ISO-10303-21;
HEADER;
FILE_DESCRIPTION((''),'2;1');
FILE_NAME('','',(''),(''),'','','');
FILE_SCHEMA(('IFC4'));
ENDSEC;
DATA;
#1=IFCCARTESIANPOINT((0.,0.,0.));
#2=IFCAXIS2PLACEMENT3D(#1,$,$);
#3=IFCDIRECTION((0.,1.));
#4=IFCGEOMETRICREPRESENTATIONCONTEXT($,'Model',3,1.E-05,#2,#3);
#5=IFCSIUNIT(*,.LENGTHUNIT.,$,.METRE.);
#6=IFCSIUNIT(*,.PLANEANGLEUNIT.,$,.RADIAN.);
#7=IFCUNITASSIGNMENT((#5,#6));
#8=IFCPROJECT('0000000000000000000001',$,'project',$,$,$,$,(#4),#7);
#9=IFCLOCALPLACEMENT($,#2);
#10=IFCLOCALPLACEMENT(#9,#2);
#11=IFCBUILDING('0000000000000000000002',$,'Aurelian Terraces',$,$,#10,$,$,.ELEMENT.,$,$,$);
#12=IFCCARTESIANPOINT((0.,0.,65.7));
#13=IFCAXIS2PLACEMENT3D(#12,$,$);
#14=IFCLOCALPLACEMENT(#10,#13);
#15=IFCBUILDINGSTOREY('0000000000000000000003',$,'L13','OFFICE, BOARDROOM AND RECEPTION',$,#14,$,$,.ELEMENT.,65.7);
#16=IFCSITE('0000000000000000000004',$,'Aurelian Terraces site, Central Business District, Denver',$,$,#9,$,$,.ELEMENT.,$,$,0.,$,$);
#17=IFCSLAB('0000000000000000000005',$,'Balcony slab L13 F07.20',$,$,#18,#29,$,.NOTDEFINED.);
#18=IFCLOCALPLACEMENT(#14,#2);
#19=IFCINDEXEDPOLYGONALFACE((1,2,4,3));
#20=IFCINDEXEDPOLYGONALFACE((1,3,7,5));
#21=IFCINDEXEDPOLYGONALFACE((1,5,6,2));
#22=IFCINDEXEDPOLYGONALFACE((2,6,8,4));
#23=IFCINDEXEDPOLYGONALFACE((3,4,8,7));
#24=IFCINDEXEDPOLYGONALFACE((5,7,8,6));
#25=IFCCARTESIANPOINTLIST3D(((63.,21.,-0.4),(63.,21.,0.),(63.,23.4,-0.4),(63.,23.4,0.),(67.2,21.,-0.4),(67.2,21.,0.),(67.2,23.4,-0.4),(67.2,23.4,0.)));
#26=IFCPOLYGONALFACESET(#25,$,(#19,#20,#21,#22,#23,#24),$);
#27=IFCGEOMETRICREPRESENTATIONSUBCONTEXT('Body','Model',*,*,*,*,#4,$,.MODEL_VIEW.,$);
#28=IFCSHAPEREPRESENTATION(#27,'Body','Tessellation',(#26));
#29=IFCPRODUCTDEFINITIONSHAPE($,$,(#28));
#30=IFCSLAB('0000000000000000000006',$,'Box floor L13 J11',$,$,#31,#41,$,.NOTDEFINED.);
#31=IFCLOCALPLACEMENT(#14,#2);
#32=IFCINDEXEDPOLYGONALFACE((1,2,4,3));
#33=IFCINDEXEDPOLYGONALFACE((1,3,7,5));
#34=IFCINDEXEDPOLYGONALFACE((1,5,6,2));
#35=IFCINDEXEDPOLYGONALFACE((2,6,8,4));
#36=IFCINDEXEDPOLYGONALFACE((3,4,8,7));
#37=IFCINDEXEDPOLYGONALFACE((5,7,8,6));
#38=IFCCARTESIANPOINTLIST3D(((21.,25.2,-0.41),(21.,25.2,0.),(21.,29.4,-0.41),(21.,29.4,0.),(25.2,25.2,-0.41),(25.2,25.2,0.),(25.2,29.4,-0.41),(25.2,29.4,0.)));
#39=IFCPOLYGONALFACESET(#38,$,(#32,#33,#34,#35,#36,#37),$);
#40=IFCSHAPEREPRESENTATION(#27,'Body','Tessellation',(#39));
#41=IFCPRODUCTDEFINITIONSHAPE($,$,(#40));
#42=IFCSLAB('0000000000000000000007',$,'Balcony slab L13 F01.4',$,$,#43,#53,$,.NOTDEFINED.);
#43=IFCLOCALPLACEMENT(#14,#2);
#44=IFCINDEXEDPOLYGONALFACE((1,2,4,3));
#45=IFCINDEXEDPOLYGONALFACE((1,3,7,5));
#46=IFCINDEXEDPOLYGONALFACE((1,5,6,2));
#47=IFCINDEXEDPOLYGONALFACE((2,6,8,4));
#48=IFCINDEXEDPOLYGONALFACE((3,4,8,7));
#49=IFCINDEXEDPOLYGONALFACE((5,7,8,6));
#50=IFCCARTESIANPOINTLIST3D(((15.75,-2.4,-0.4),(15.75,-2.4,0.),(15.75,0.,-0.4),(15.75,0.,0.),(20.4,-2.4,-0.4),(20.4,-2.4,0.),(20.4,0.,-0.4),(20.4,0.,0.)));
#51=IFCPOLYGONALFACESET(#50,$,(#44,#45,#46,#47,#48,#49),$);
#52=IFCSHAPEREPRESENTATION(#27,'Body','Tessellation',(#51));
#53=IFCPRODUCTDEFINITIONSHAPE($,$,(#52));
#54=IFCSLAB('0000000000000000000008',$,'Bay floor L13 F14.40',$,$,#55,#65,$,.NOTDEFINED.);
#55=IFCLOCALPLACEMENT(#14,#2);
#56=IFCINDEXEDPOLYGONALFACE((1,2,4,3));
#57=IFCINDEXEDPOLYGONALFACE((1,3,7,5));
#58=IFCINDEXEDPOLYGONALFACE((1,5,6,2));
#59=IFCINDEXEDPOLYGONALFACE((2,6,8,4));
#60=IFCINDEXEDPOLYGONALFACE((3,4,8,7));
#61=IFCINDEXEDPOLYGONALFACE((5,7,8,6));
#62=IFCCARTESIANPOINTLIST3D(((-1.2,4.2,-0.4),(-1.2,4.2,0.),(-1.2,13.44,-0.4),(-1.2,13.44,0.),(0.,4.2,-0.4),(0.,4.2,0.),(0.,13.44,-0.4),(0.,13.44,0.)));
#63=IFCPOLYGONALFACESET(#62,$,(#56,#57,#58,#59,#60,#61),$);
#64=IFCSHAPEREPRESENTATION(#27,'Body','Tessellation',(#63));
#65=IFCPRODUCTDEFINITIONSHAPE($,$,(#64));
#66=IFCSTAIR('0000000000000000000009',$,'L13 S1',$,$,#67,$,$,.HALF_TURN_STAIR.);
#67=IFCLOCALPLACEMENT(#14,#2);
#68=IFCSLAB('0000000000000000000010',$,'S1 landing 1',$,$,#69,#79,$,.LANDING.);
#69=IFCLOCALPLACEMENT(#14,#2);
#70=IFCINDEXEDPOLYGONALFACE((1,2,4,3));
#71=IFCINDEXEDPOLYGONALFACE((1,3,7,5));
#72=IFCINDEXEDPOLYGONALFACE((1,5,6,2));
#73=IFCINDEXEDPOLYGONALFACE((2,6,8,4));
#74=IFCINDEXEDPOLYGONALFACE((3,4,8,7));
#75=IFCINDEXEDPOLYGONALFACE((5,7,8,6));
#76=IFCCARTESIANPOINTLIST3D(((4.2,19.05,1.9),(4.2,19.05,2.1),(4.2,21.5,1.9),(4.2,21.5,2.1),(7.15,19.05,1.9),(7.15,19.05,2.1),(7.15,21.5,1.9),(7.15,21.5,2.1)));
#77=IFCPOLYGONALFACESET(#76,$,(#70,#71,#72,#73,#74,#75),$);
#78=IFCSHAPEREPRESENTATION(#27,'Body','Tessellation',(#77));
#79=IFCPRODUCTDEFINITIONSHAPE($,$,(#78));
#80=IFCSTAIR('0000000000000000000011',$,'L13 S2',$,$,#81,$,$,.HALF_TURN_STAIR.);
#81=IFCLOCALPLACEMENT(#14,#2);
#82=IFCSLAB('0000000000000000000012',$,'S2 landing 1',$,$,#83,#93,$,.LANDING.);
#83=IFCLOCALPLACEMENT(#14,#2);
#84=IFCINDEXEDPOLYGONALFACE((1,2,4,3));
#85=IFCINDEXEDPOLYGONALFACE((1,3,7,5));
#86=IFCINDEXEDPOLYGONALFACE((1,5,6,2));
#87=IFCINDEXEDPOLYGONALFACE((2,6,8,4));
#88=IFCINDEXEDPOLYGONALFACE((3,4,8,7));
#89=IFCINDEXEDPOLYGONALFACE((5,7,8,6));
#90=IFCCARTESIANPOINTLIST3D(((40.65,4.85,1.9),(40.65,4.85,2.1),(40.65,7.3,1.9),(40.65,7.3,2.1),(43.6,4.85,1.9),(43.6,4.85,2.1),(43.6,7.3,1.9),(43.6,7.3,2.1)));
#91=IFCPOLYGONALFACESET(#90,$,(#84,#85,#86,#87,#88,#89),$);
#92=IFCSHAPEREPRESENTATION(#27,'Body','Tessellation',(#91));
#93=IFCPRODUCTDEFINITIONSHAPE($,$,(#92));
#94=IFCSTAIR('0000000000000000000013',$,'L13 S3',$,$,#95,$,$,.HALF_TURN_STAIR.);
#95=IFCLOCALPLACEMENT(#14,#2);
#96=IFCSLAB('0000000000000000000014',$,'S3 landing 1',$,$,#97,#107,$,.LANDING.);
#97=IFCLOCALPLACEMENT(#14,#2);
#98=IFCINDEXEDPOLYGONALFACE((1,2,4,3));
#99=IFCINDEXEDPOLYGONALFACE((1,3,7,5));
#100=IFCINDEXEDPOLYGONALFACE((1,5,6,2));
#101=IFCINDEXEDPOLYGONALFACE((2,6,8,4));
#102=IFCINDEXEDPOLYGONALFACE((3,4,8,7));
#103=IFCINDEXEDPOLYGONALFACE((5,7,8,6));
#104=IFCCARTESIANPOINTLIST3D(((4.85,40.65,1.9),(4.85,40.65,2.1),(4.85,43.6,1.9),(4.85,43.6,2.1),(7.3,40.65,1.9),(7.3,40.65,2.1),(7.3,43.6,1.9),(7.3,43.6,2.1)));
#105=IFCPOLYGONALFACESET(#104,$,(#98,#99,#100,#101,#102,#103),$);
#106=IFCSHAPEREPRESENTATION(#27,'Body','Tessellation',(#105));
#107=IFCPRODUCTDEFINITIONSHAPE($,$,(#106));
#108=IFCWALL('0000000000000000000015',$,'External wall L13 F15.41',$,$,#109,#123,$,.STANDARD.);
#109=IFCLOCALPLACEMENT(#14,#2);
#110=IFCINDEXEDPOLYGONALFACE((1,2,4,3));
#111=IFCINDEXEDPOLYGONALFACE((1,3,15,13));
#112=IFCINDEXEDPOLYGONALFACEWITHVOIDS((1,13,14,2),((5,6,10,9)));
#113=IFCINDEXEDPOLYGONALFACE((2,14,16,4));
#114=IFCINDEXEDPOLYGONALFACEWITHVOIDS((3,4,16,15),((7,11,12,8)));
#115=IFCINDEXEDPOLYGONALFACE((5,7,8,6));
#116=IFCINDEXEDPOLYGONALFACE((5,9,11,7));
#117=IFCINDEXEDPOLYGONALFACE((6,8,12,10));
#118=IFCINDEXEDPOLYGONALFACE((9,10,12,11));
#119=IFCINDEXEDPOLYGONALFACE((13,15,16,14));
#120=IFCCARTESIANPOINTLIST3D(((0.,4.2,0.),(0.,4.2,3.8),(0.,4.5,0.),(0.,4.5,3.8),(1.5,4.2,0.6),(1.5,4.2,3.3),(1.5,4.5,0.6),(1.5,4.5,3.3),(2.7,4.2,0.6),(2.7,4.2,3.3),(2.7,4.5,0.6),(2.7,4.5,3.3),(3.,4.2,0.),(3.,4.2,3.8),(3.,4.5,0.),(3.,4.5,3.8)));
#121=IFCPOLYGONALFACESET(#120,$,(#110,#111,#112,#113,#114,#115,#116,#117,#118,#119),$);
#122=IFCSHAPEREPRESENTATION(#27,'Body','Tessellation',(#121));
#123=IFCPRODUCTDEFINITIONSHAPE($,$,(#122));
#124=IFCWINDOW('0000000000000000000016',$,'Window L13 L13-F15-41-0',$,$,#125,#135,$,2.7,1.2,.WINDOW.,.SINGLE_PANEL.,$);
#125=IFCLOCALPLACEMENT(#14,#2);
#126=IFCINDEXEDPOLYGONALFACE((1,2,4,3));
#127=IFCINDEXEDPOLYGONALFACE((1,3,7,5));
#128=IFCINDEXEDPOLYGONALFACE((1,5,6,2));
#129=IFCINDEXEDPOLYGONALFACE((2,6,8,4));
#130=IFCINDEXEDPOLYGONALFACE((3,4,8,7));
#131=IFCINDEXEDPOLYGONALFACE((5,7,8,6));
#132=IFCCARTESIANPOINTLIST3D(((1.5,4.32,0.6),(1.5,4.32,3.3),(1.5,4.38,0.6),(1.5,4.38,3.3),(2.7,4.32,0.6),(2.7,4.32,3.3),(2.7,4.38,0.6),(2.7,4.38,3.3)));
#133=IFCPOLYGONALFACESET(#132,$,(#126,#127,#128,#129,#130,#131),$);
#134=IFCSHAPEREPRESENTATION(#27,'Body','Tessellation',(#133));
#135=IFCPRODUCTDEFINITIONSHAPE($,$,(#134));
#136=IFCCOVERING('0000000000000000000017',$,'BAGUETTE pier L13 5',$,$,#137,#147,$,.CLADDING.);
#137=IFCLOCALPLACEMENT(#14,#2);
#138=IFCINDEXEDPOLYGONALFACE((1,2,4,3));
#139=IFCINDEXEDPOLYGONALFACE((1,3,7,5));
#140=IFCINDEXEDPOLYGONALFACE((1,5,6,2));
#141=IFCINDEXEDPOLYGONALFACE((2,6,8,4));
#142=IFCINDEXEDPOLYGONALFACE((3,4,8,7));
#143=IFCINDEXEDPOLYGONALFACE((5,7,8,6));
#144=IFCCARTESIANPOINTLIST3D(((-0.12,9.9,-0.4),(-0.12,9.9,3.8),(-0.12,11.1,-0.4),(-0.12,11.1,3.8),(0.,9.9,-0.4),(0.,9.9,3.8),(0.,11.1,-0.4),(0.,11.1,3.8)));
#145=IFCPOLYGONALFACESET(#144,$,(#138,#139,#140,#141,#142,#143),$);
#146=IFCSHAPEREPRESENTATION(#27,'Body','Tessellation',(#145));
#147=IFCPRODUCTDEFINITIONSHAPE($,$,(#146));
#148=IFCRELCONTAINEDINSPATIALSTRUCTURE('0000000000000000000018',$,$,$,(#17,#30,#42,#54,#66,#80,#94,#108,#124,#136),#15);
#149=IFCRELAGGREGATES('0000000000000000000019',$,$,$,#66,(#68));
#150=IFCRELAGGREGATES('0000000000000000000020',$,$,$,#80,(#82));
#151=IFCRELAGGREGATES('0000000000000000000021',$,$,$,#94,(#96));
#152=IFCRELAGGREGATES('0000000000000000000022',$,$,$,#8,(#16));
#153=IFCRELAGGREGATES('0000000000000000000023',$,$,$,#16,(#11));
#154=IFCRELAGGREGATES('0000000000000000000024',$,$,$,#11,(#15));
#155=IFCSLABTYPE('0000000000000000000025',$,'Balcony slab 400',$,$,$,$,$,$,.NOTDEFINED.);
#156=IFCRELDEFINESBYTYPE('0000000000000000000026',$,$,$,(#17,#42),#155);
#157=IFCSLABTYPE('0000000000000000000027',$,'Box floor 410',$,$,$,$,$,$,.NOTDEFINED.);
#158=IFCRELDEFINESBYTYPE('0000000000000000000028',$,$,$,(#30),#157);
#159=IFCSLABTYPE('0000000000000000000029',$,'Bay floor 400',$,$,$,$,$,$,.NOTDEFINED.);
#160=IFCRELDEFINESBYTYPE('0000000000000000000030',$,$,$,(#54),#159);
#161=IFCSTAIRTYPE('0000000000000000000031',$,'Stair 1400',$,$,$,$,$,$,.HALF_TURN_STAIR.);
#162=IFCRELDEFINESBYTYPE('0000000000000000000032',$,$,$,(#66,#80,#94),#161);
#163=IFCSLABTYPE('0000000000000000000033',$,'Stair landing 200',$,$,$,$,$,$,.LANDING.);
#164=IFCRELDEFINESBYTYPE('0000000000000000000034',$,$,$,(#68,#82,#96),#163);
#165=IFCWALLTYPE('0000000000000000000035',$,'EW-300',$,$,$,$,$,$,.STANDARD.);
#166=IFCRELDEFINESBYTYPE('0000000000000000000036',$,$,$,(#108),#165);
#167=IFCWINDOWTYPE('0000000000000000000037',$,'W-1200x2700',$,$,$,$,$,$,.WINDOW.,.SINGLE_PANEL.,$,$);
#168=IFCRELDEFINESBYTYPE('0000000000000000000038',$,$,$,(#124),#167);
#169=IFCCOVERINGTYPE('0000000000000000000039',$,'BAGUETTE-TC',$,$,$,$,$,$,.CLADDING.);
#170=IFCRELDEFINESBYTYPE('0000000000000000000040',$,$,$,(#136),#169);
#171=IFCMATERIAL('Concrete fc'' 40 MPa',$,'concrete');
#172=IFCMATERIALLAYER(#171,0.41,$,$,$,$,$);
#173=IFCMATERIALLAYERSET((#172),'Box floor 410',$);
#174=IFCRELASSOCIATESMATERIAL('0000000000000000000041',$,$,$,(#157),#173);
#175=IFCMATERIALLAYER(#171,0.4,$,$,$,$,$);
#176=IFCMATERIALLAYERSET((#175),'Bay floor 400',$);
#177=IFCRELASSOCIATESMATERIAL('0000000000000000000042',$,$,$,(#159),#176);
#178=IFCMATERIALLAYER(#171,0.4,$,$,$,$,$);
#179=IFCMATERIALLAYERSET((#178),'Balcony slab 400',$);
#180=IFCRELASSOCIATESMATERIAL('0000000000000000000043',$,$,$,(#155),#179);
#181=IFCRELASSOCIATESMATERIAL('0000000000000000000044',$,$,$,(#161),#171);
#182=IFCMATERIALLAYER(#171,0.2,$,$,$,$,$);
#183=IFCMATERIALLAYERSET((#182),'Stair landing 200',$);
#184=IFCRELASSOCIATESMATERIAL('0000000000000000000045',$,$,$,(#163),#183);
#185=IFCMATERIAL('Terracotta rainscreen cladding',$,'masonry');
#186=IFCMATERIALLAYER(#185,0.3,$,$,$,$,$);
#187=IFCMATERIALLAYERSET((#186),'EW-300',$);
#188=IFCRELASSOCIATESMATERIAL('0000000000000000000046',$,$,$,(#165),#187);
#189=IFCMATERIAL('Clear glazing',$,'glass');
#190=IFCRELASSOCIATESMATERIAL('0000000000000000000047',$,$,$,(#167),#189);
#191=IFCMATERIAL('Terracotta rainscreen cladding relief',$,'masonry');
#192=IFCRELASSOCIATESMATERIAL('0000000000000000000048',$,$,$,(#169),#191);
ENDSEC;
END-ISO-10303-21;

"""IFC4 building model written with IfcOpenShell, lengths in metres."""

from ifc_helpers import new_model, si_unit, direction, frame, frame_2d, origin, origin_2d, place, context, subcontext, project, spatial, polyline, rectangle, outline, extrude, source, transform, mapped, material, layer, layer_set, type_object, element, fill, aggregate, save


model = new_model("IFC4")

# Units and contexts
model_context = context("Model", 3, precision=1e-05, world=origin(), true_north=direction((0.0, 1.0)))
body_context = subcontext(model_context, "Body", "Model", "MODEL_VIEW")
ifc_project = project(units=[si_unit("LENGTHUNIT", "METRE"), si_unit("PLANEANGLEUNIT", "RADIAN")], contexts=[model_context])

# Site, building, storey
site_placement = place(None, origin())
site = spatial("IfcSite", under=ifc_project, at=site_placement, Name="Aurelian Terraces site, Central Business District, Denver", CompositionType="ELEMENT", RefElevation=0.0)
building_placement = place(site_placement, origin())
building = spatial("IfcBuilding", under=site, at=building_placement, Name="Aurelian Terraces", CompositionType="ELEMENT")
storey_placement = place(building_placement, frame((0.0, 0.0, 65.7)))
storey = spatial("IfcBuildingStorey", under=building, at=storey_placement, Name="L13", Description="OFFICE, BOARDROOM AND RECEPTION", CompositionType="ELEMENT", Elevation=65.7)

# Slabs
ifc_material_1 = material(Name="Concrete fc' 40 MPa", Category="concrete")
ifc_layer_1 = layer(ifc_material_1, 0.41)
ifc_layer_set_1 = layer_set([ifc_layer_1], Name="Box floor 410")
slab_type_1 = type_object("IfcSlabType", Name="Box floor 410", PredefinedType="NOTDEFINED", material=ifc_layer_set_1)
ifc_layer_2 = layer(ifc_material_1, 0.4)
ifc_layer_set_2 = layer_set([ifc_layer_2], Name="Bay floor 400")
slab_type_2 = type_object("IfcSlabType", Name="Bay floor 400", PredefinedType="NOTDEFINED", material=ifc_layer_set_2)
ifc_layer_3 = layer(ifc_material_1, 0.4)
ifc_layer_set_3 = layer_set([ifc_layer_3], Name="Balcony slab 400")
slab_type_3 = type_object("IfcSlabType", Name="Balcony slab 400", PredefinedType="NOTDEFINED", material=ifc_layer_set_3)
shared_shape_1 = source(origin(), body_context, "Body", "SweptSolid", [
    extrude(outline(polyline([(67.2, 21.0), (63.0, 21.0), (63.0, 23.4), (67.2, 23.4), (67.2, 21.0)])), origin(), (0.0, 0.0, 1.0), 0.4),
])
slab_1_placement = place(storey_placement, frame((0.0, 0.0, -0.4)))
element("IfcSlab", 1, at=slab_1_placement, inside=storey, type_object=slab_type_3, Name="Balcony slab L13 F07.20", PredefinedType="NOTDEFINED", context=body_context, shape_type="MappedRepresentation", body=[
    mapped(shared_shape_1, transform((0.0, 0.0, 0.0), scale=1.0)),
])
shared_shape_2 = source(origin(), body_context, "Body", "SweptSolid", [
    extrude(outline(polyline([(25.2, 25.2), (25.2, 29.4), (21.0, 29.4), (21.0, 25.2), (25.2, 25.2)])), origin(), (0.0, 0.0, 1.0), 0.41),
])
slab_2_placement = place(storey_placement, frame((0.0, 0.0, -0.41)))
element("IfcSlab", 2, at=slab_2_placement, inside=storey, type_object=slab_type_1, Name="Box floor L13 J11", PredefinedType="NOTDEFINED", context=body_context, shape_type="MappedRepresentation", body=[
    mapped(shared_shape_2, transform((0.0, 0.0, 0.0), scale=1.0)),
])
shared_shape_3 = source(origin(), body_context, "Body", "SweptSolid", [
    extrude(outline(polyline([(15.75, 0.0), (20.4, 0.0), (20.4, -2.4), (15.75, -2.4), (15.75, 0.0)])), origin(), (0.0, 0.0, 1.0), 0.4),
])
slab_3_placement = place(storey_placement, frame((0.0, 0.0, -0.4)))
element("IfcSlab", 3, at=slab_3_placement, inside=storey, type_object=slab_type_3, Name="Balcony slab L13 F01.4", PredefinedType="NOTDEFINED", context=body_context, shape_type="MappedRepresentation", body=[
    mapped(shared_shape_3, transform((0.0, 0.0, 0.0), scale=1.0)),
])
shared_shape_4 = source(origin(), body_context, "Body", "SweptSolid", [
    extrude(outline(polyline([(0.0, 13.44), (0.0, 4.2), (-1.2, 4.2), (-1.2, 13.44), (0.0, 13.44)])), origin(), (0.0, 0.0, 1.0), 0.4),
])
slab_4_placement = place(storey_placement, frame((0.0, 0.0, -0.4)))
element("IfcSlab", 4, at=slab_4_placement, inside=storey, type_object=slab_type_2, Name="Bay floor L13 F14.40", PredefinedType="NOTDEFINED", context=body_context, shape_type="MappedRepresentation", body=[
    mapped(shared_shape_4, transform((0.0, 0.0, 0.0), scale=1.0)),
])

# Stairs, slabs
stair_type = type_object("IfcStairType", Name="Stair 1400", PredefinedType="HALF_TURN_STAIR", material=ifc_material_1)
stair_1_placement = place(storey_placement, origin())
stair_1 = element("IfcStair", 5, at=stair_1_placement, inside=storey, type_object=stair_type, Name="L13 S1", PredefinedType="HALF_TURN_STAIR")
ifc_layer_4 = layer(ifc_material_1, 0.2)
ifc_layer_set_4 = layer_set([ifc_layer_4], Name="Stair landing 200")
slab_type_4 = type_object("IfcSlabType", Name="Stair landing 200", PredefinedType="LANDING", material=ifc_layer_set_4)
shared_shape_5 = source(origin(), body_context, "Body", "SweptSolid", [
    extrude(outline(polyline([(7.15, 19.05), (7.15, 21.5), (4.2, 21.5), (4.2, 19.05), (7.15, 19.05)])), origin(), (0.0, 0.0, 1.0), 0.2),
])
slab_5_placement = place(storey_placement, frame((0.0, 0.0, 1.9)))
slab_5 = element("IfcSlab", 6, at=slab_5_placement, type_object=slab_type_4, Name="S1 landing 1", PredefinedType="LANDING", context=body_context, shape_type="MappedRepresentation", body=[
    mapped(shared_shape_5, transform((0.0, 0.0, 0.0), scale=1.0)),
])
aggregate(stair_1, [slab_5])
stair_2_placement = place(storey_placement, origin())
stair_2 = element("IfcStair", 7, at=stair_2_placement, inside=storey, type_object=stair_type, Name="L13 S2", PredefinedType="HALF_TURN_STAIR")
shared_shape_6 = source(origin(), body_context, "Body", "SweptSolid", [
    extrude(outline(polyline([(43.6, 4.85), (43.6, 7.3), (40.65, 7.3), (40.65, 4.85), (43.6, 4.85)])), origin(), (0.0, 0.0, 1.0), 0.2),
])
slab_6_placement = place(storey_placement, frame((0.0, 0.0, 1.9)))
slab_6 = element("IfcSlab", 8, at=slab_6_placement, type_object=slab_type_4, Name="S2 landing 1", PredefinedType="LANDING", context=body_context, shape_type="MappedRepresentation", body=[
    mapped(shared_shape_6, transform((0.0, 0.0, 0.0), scale=1.0)),
])
aggregate(stair_2, [slab_6])
stair_3_placement = place(storey_placement, origin())
stair_3 = element("IfcStair", 9, at=stair_3_placement, inside=storey, type_object=stair_type, Name="L13 S3", PredefinedType="HALF_TURN_STAIR")
shared_shape_7 = source(origin(), body_context, "Body", "SweptSolid", [
    extrude(outline(polyline([(4.85, 40.65), (7.3, 40.65), (7.3, 43.6), (4.85, 43.6), (4.85, 40.65)])), origin(), (0.0, 0.0, 1.0), 0.2),
])
slab_7_placement = place(storey_placement, frame((0.0, 0.0, 1.9)))
slab_7 = element("IfcSlab", 10, at=slab_7_placement, type_object=slab_type_4, Name="S3 landing 1", PredefinedType="LANDING", context=body_context, shape_type="MappedRepresentation", body=[
    mapped(shared_shape_7, transform((0.0, 0.0, 0.0), scale=1.0)),
])
aggregate(stair_3, [slab_7])

# Wall, opening, window
ifc_material_2 = material(Name="Terracotta rainscreen cladding", Category="masonry")
ifc_layer_5 = layer(ifc_material_2, 0.3)
ifc_layer_set_5 = layer_set([ifc_layer_5], Name="EW-300")
wall_type = type_object("IfcWallType", Name="EW-300", PredefinedType="STANDARD", material=ifc_layer_set_5)
shared_shape_8 = source(origin(), body_context, "Body", "SweptSolid", [
    extrude(rectangle(XDim=3.0, YDim=0.3, at=frame_2d((1.5, 0.0))), origin(), (0.0, 0.0, 1.0), 3.8),
])
wall_placement = place(storey_placement, frame((0.0, 4.35, 0.0), z_axis=(0.0, 0.0, 1.0), x_axis=(1.0, 0.0, 0.0)))
wall = element("IfcWall", 11, at=wall_placement, inside=storey, type_object=wall_type, Name="External wall L13 F15.41", PredefinedType="STANDARD", context=body_context, shape_type="MappedRepresentation", body=[
    mapped(shared_shape_8, transform((0.0, 0.0, 0.0), scale=1.0)),
])
shared_shape_9 = source(origin(), body_context, "Body", "SweptSolid", [
    extrude(rectangle(XDim=1.2, YDim=2.7, at=frame_2d((0.6, 1.35))), frame((0.0, 0.16, 0.0), z_axis=(0.0, -1.0, 0.0), x_axis=(1.0, 0.0, 0.0)), (0.0, 0.0, 1.0), 0.32),
])
opening_placement = place(wall_placement, frame((1.5, 0.0, 0.6)))
opening = element("IfcOpeningElement", 12, at=opening_placement, cuts=wall, PredefinedType="OPENING", context=body_context, shape_type="MappedRepresentation", body=[
    mapped(shared_shape_9, transform((0.0, 0.0, 0.0), scale=1.0)),
])
ifc_material_3 = material(Name="Clear glazing", Category="glass")
window_type = type_object("IfcWindowType", Name="W-1200x2700", PartitioningType="SINGLE_PANEL", PredefinedType="WINDOW", material=ifc_material_3)
shared_shape_10 = source(origin(), body_context, "Body", "SweptSolid", [
    extrude(rectangle(XDim=1.2, YDim=2.7, at=frame_2d((0.6, 1.35))), frame((0.0, 0.03, 0.0), z_axis=(0.0, -1.0, 0.0), x_axis=(1.0, 0.0, 0.0)), (0.0, 0.0, 1.0), 0.06),
])
window_placement = place(opening_placement, origin())
window = element("IfcWindow", 13, at=window_placement, inside=storey, type_object=window_type, Name="Window L13 L13-F15-41-0", OverallHeight=2.7, OverallWidth=1.2, PartitioningType="SINGLE_PANEL", PredefinedType="WINDOW", context=body_context, shape_type="MappedRepresentation", body=[
    mapped(shared_shape_10, transform((0.0, 0.0, 0.0), scale=1.0)),
])
fill(opening, window)

# Covering
ifc_material_4 = material(Name="Terracotta rainscreen cladding relief", Category="masonry")
covering_type = type_object("IfcCoveringType", Name="BAGUETTE-TC", PredefinedType="CLADDING", material=ifc_material_4)
shared_shape_11 = source(origin(), body_context, "Body", "SweptSolid", [
    extrude(rectangle(XDim=0.12, YDim=1.2, at=origin_2d()), origin(), (0.0, 0.0, 1.0), 4.2),
])
covering_placement = place(storey_placement, frame((-0.06, 10.5, -0.4), z_axis=(0.0, 0.0, 1.0), x_axis=(1.0, 0.0, 0.0)))
element("IfcCovering", 14, at=covering_placement, inside=storey, type_object=covering_type, Name="BAGUETTE pier L13 5", PredefinedType="CLADDING", context=body_context, shape_type="MappedRepresentation", body=[
    mapped(shared_shape_11, transform((0.0, 0.0, 0.0), scale=1.0)),
])

save(model, "model.ifc")
